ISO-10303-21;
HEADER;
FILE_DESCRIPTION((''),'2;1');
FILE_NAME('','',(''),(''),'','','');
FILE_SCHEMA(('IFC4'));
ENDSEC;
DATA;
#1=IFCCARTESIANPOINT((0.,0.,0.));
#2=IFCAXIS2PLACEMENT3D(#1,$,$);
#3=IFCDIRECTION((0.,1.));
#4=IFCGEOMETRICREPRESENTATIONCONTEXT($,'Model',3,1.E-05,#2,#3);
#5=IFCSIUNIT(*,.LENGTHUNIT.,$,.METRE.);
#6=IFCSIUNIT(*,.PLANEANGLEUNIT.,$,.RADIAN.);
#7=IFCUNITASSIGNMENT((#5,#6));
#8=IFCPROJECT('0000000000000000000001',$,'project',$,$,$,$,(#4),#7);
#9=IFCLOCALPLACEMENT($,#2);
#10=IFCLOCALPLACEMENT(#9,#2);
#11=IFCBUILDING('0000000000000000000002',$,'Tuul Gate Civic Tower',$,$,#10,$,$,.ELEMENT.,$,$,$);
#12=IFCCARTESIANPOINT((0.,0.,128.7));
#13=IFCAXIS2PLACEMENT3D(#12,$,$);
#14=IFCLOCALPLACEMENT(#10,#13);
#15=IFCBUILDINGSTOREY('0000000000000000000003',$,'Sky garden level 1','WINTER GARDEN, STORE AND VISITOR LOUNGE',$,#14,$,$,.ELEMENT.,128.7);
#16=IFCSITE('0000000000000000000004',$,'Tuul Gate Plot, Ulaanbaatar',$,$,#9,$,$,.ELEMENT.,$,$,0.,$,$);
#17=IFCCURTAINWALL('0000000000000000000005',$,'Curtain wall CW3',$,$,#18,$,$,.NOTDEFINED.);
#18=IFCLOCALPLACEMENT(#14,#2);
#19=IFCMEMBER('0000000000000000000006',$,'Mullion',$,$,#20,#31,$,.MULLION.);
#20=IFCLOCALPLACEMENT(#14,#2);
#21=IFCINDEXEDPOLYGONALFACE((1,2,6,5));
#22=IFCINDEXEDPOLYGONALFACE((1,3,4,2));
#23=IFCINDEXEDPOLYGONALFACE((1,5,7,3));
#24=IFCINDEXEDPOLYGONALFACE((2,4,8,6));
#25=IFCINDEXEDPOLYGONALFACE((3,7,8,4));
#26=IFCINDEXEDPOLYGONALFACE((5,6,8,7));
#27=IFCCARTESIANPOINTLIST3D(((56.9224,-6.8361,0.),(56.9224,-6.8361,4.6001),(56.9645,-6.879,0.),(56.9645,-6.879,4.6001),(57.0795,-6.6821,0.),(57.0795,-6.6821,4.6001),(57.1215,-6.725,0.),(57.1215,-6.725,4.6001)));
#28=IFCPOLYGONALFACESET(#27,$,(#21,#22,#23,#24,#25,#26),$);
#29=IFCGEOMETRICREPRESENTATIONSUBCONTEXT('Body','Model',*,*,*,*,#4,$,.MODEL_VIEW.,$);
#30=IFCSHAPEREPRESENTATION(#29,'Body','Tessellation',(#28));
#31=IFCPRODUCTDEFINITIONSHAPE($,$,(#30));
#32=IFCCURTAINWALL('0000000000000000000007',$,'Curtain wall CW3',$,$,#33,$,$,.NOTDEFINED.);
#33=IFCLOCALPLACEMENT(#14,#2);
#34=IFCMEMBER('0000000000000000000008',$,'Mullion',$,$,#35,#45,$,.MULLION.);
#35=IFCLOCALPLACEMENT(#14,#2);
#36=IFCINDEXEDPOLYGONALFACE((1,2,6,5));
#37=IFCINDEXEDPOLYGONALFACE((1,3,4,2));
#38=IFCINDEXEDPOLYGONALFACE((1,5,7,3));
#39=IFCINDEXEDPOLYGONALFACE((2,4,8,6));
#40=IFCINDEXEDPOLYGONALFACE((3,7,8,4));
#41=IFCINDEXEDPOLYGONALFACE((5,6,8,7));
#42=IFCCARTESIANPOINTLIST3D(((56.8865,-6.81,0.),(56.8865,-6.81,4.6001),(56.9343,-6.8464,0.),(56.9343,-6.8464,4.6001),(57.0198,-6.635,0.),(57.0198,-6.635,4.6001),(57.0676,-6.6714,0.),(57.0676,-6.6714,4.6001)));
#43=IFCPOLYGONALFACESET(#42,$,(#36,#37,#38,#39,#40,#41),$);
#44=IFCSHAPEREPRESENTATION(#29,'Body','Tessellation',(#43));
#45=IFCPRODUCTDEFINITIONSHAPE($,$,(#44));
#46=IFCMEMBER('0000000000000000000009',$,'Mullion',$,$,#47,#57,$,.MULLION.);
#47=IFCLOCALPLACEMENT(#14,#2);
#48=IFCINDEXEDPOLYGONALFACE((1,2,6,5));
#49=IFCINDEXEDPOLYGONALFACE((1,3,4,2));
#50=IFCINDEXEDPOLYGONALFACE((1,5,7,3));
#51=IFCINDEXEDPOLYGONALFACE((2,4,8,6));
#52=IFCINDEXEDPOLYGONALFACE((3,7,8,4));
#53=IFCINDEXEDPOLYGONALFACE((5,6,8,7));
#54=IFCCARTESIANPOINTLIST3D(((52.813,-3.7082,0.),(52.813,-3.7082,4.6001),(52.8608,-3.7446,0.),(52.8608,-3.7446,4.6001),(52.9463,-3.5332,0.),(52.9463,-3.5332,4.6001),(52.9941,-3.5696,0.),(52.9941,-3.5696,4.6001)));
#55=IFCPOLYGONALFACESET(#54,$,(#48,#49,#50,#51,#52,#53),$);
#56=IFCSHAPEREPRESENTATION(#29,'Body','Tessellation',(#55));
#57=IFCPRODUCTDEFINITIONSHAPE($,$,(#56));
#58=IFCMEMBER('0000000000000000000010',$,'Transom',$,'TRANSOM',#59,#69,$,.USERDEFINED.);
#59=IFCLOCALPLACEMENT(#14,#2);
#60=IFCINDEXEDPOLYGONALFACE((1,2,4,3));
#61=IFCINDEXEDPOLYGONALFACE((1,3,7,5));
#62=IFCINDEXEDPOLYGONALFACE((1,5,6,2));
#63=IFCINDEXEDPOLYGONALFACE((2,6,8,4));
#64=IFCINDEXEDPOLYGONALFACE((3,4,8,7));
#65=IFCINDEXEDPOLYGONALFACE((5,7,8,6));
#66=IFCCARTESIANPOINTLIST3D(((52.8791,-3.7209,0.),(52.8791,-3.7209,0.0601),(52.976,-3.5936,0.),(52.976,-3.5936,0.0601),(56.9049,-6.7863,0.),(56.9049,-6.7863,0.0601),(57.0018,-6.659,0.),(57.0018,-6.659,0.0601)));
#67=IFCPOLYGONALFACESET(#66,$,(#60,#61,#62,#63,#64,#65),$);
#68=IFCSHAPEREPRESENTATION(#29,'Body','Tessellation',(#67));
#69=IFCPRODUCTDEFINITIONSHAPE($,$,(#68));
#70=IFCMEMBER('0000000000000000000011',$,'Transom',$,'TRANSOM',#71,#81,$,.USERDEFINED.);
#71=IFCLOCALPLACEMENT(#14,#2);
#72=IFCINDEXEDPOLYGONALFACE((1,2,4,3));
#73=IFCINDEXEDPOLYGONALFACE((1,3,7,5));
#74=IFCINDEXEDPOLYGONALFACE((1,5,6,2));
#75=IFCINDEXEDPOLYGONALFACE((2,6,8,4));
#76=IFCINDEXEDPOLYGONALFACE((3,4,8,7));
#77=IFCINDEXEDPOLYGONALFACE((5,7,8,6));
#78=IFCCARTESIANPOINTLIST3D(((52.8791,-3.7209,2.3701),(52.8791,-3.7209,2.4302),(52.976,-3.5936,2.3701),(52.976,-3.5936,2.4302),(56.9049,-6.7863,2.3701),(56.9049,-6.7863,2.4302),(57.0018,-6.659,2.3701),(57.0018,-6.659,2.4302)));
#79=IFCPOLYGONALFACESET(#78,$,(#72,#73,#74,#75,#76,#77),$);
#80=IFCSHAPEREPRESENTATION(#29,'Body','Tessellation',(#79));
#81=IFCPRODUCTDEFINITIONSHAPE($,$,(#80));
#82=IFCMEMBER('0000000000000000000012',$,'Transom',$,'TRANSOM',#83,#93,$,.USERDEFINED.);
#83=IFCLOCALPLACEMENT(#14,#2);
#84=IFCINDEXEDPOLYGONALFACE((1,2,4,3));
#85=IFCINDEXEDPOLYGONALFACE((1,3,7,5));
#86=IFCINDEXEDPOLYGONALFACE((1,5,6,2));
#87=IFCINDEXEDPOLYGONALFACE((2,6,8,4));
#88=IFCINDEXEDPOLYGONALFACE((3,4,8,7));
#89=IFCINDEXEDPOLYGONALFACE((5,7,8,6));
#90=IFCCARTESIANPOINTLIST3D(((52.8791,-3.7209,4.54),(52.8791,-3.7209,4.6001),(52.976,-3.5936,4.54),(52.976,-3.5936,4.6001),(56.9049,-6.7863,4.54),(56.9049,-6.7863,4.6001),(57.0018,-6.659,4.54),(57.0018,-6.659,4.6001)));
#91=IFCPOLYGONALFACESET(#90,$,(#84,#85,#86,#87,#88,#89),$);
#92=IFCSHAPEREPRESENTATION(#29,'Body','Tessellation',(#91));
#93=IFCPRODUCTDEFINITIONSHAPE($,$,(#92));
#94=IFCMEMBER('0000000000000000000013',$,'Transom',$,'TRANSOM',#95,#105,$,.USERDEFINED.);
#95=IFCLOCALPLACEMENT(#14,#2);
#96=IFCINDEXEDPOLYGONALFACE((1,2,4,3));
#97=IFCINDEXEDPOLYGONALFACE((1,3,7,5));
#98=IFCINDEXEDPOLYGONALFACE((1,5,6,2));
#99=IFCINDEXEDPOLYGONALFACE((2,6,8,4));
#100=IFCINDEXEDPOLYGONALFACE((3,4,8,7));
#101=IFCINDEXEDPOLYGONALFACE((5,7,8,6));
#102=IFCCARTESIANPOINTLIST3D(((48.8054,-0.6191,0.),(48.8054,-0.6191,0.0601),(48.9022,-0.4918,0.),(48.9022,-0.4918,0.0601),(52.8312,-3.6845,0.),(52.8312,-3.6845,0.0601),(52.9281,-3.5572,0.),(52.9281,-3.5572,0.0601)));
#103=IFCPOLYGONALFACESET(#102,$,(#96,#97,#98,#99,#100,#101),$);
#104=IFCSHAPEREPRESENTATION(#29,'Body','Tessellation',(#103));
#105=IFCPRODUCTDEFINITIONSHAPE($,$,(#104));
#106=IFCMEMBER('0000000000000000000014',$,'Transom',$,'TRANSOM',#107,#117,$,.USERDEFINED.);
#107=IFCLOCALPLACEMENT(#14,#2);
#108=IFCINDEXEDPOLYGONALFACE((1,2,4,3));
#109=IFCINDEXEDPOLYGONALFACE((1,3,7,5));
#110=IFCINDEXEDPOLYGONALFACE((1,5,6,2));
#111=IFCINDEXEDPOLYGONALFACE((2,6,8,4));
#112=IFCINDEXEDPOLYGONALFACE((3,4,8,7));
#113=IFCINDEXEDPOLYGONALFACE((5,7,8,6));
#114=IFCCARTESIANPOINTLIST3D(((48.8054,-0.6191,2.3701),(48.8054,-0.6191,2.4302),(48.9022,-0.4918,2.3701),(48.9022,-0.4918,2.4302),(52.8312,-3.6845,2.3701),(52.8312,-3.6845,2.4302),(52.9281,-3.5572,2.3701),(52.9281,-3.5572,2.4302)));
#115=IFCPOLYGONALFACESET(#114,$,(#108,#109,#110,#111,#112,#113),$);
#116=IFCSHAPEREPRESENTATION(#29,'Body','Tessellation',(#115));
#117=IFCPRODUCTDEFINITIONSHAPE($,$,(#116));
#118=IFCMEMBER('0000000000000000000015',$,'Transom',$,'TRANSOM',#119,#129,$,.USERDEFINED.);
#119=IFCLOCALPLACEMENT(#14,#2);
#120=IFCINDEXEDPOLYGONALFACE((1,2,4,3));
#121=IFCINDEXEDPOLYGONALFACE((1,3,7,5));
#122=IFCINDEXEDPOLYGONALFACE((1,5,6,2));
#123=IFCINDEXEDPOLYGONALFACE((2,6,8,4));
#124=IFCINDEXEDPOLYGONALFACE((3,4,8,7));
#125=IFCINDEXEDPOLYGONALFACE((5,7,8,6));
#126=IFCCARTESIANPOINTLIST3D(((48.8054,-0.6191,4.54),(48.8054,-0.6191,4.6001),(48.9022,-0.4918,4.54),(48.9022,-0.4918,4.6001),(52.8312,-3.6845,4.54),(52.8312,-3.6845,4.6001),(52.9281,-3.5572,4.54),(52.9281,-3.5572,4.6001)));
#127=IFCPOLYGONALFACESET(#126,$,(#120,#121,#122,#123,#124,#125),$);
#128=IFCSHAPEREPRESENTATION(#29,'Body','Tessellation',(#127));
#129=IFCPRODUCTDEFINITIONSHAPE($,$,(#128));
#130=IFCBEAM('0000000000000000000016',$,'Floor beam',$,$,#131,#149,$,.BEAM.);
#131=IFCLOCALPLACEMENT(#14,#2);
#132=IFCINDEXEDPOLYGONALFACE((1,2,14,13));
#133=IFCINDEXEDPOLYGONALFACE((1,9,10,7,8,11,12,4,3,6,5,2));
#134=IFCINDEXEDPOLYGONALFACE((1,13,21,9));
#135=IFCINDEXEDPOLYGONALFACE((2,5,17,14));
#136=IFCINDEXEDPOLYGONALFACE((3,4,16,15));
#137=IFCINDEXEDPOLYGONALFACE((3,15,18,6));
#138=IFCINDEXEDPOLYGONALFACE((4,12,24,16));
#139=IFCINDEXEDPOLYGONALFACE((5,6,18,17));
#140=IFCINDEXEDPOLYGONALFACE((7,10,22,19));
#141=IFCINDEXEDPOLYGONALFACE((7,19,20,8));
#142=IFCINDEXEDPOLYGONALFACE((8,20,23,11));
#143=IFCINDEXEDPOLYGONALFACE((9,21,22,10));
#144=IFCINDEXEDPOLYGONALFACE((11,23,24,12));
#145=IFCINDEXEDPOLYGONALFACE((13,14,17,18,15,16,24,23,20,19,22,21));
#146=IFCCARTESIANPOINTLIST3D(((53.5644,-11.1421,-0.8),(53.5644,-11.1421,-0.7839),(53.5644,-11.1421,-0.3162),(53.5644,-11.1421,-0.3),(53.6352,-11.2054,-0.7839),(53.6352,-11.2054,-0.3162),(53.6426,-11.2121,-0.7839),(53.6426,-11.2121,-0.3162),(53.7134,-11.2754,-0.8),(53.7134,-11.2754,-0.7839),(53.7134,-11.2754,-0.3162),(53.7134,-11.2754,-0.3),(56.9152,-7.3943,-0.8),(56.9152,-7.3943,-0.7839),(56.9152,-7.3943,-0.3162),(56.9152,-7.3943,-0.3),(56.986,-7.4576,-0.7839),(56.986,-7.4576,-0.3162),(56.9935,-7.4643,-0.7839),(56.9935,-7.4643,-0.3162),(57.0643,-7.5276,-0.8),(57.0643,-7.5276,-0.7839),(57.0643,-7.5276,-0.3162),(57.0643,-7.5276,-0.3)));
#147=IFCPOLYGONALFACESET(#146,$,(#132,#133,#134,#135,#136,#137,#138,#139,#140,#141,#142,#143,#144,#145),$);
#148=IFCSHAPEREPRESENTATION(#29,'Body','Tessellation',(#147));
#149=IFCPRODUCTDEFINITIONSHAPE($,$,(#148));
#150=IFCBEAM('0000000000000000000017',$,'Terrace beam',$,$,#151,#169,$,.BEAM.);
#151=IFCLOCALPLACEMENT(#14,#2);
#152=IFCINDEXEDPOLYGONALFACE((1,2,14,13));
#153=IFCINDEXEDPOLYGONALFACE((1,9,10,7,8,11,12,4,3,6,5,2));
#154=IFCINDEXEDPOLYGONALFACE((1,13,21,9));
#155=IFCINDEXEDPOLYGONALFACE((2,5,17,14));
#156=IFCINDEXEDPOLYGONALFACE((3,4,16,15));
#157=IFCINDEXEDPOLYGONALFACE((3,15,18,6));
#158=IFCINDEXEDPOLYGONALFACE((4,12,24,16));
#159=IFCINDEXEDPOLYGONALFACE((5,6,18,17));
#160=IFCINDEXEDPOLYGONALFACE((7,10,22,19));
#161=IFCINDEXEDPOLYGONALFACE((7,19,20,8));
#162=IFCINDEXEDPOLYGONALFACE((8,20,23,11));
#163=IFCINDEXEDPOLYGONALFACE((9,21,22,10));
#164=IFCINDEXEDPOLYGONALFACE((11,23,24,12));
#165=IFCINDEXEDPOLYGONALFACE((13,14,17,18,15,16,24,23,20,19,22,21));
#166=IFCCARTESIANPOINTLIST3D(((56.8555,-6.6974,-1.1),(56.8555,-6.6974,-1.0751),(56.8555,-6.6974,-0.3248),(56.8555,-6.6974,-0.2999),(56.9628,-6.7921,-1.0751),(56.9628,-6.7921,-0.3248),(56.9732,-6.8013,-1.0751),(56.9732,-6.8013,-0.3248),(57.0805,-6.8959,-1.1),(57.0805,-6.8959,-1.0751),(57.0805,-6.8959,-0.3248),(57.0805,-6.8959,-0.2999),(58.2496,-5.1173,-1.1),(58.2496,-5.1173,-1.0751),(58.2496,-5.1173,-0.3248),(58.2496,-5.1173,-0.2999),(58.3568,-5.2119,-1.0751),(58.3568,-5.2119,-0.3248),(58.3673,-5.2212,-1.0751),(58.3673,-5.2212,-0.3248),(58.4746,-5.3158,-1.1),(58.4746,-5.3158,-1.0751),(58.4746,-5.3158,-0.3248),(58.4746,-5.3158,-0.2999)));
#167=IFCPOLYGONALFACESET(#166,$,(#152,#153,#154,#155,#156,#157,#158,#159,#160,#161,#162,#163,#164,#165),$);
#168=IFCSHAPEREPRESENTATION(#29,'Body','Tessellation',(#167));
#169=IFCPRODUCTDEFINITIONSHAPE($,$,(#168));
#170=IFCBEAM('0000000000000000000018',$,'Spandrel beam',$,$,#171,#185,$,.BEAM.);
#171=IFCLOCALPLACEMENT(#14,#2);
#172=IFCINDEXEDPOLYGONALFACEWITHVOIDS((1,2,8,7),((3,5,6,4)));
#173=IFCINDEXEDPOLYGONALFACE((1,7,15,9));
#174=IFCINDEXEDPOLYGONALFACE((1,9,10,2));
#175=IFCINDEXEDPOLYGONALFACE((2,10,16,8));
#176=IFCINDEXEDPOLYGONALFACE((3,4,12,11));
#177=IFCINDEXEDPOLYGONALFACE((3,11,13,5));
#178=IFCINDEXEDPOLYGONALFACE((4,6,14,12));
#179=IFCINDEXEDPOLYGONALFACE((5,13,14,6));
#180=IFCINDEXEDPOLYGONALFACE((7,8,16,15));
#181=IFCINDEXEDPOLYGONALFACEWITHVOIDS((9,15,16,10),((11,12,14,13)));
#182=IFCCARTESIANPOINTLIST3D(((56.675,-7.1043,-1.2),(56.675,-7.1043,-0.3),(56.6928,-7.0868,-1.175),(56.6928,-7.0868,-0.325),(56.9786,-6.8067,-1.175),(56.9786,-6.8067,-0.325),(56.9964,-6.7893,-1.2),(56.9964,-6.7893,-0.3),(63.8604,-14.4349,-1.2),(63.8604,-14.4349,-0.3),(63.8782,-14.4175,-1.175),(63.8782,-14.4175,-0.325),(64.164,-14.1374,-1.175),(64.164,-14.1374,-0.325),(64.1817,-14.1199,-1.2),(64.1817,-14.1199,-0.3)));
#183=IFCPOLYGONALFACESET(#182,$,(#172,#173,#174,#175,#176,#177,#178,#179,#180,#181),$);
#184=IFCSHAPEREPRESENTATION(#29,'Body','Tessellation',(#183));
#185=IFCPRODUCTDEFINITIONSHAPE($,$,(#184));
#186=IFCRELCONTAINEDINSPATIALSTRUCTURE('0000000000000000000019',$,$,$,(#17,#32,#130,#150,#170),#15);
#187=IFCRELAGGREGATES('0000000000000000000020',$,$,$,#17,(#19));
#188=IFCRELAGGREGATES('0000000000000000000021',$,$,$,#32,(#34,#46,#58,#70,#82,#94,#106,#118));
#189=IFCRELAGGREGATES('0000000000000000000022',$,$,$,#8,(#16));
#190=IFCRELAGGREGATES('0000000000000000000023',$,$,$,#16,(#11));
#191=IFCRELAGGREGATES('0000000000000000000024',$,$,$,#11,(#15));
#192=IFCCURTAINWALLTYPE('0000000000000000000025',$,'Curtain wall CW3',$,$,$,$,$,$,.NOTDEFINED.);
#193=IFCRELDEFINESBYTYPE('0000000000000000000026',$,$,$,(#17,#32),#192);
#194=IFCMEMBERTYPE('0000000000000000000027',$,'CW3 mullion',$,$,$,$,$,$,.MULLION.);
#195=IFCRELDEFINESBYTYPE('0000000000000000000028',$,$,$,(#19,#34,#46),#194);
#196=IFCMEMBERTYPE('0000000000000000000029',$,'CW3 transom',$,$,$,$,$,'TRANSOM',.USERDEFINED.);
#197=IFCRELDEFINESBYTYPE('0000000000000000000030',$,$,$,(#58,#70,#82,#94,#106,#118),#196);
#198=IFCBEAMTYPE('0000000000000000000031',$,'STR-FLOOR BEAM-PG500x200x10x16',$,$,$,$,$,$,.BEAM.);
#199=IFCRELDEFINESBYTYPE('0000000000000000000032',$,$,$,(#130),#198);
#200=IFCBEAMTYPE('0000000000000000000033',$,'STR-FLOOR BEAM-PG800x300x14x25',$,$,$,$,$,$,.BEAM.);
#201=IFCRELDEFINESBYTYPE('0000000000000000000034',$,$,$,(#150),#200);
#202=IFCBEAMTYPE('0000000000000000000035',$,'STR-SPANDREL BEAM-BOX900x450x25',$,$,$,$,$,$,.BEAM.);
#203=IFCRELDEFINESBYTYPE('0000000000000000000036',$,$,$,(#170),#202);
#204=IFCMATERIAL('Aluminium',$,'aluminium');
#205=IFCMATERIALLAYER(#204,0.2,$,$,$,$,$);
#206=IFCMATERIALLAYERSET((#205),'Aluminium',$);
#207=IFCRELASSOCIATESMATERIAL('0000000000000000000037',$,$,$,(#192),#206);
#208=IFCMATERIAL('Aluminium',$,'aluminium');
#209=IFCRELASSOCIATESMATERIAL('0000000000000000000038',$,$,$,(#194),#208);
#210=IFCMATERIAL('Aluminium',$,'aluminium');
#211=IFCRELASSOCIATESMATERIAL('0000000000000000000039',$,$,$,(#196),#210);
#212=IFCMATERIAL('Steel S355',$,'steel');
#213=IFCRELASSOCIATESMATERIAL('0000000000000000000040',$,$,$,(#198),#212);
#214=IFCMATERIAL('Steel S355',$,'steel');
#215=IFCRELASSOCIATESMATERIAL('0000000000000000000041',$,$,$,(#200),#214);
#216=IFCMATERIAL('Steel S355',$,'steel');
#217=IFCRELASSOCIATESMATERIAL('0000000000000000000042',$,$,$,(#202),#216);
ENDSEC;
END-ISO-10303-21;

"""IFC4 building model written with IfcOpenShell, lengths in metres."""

from ifc_helpers import new_model, si_unit, direction, frame, origin, origin_2d, place, context, subcontext, project, spatial, rectangle, hollow_rectangle, i_section, extrude, material, layer, layer_set, material_profile, profile_set, type_object, element, aggregate, save


model = new_model("IFC4")

# Units and contexts
model_context = context("Model", 3, precision=1e-05, world=origin(), true_north=direction((0.0, 1.0)))
body_context = subcontext(model_context, "Body", "Model", "MODEL_VIEW")
ifc_project = project(units=[si_unit("LENGTHUNIT", "METRE"), si_unit("PLANEANGLEUNIT", "RADIAN")], contexts=[model_context])

# Site, building, storey
site_placement = place(None, origin())
site = spatial("IfcSite", under=ifc_project, at=site_placement, Name="Tuul Gate Plot, Ulaanbaatar", CompositionType="ELEMENT", RefElevation=0.0)
building_placement = place(site_placement, origin())
building = spatial("IfcBuilding", under=site, at=building_placement, Name="Tuul Gate Civic Tower", CompositionType="ELEMENT")
storey_placement = place(building_placement, frame((0.0, 0.0, 128.7)))
storey = spatial("IfcBuildingStorey", under=building, at=storey_placement, Name="Sky garden level 1", Description="WINTER GARDEN, STORE AND VISITOR LOUNGE", CompositionType="ELEMENT", Elevation=128.7)

# Curtain wall, member
ifc_material_1 = material(Name="Aluminium", Category="aluminium")
ifc_layer_1 = layer(ifc_material_1, 0.2)
ifc_layer_set_1 = layer_set([ifc_layer_1], Name="Aluminium")
curtain_wall_type = type_object("IfcCurtainWallType", Name="Curtain wall CW3", PredefinedType="NOTDEFINED", material=ifc_layer_set_1)
curtain_wall_1_placement = place(storey_placement, origin())
curtain_wall_1 = element("IfcCurtainWall", 1, at=curtain_wall_1_placement, inside=storey, type_object=curtain_wall_type, Name="Curtain wall CW3", PredefinedType="NOTDEFINED")
ifc_material_2 = material(Name="Aluminium", Category="aluminium")
ifc_material_profile_1 = material_profile(ifc_material_2, rectangle(XDim=0.22, YDim=0.0601, at=origin_2d()), Name="CW3 mullion")
ifc_profile_set_1 = profile_set([ifc_material_profile_1], Name="Aluminium")
member_type_1 = type_object("IfcMemberType", Name="CW3 mullion", PredefinedType="MULLION", material=ifc_profile_set_1)
member_1_placement = place(storey_placement, frame((57.022, -6.7805, 0.0), z_axis=(0.0, 0.0, 1.0), x_axis=(-0.71411, -0.700034, 0.0)))
member_1 = element("IfcMember", 2, at=member_1_placement, type_object=member_type_1, Name="Mullion", PredefinedType="MULLION", context=body_context, shape_type="SweptSolid", body=[
    extrude(rectangle(XDim=0.22, YDim=0.0601, at=origin_2d()), origin(), (0.0, 0.0, 1.0), 4.6001),
])
aggregate(curtain_wall_1, [member_1])

# Curtain wall, members
curtain_wall_2_placement = place(storey_placement, origin())
curtain_wall_2 = element("IfcCurtainWall", 3, at=curtain_wall_2_placement, inside=storey, type_object=curtain_wall_type, Name="Curtain wall CW3", PredefinedType="NOTDEFINED")
member_2_placement = place(storey_placement, frame((56.9771, -6.7407, 0.0), z_axis=(0.0, 0.0, 1.0), x_axis=(-0.605809, -0.79561, 0.0)))
member_2 = element("IfcMember", 4, at=member_2_placement, type_object=member_type_1, Name="Mullion", PredefinedType="MULLION", context=body_context, shape_type="SweptSolid", body=[
    extrude(rectangle(XDim=0.22, YDim=0.0601, at=origin_2d()), origin(), (0.0, 0.0, 1.0), 4.6001),
])
member_3_placement = place(storey_placement, frame((52.9036, -3.6389, 0.0), z_axis=(0.0, 0.0, 1.0), x_axis=(-0.605809, -0.79561, 0.0)))
member_3 = element("IfcMember", 5, at=member_3_placement, type_object=member_type_1, Name="Mullion", PredefinedType="MULLION", context=body_context, shape_type="SweptSolid", body=[
    extrude(rectangle(XDim=0.22, YDim=0.0601, at=origin_2d()), origin(), (0.0, 0.0, 1.0), 4.6001),
])
ifc_material_3 = material(Name="Aluminium", Category="aluminium")
ifc_material_profile_2 = material_profile(ifc_material_3, rectangle(XDim=0.1599, YDim=0.0601, at=origin_2d()), Name="CW3 transom")
ifc_profile_set_2 = profile_set([ifc_material_profile_2], Name="Aluminium")
member_type_2 = type_object("IfcMemberType", Name="CW3 transom", ElementType="TRANSOM", PredefinedType="USERDEFINED", material=ifc_profile_set_2)
member_4_placement = place(storey_placement, frame((56.9534, -6.7227, 0.03), z_axis=(-0.795613, 0.605805, 0.0), x_axis=(-0.605805, -0.795613, 0.0)))
member_4 = element("IfcMember", 6, at=member_4_placement, type_object=member_type_2, Name="Transom", ObjectType="TRANSOM", PredefinedType="USERDEFINED", context=body_context, shape_type="SweptSolid", body=[
    extrude(rectangle(XDim=0.1599, YDim=0.0601, at=origin_2d()), origin(), (0.0, 0.0, 1.0), 5.0601),
])
member_5_placement = place(storey_placement, frame((56.9534, -6.7227, 2.4001), z_axis=(-0.795613, 0.605805, 0.0), x_axis=(-0.605805, -0.795613, 0.0)))
member_5 = element("IfcMember", 7, at=member_5_placement, type_object=member_type_2, Name="Transom", ObjectType="TRANSOM", PredefinedType="USERDEFINED", context=body_context, shape_type="SweptSolid", body=[
    extrude(rectangle(XDim=0.1599, YDim=0.0601, at=origin_2d()), origin(), (0.0, 0.0, 1.0), 5.0601),
])
member_6_placement = place(storey_placement, frame((56.9534, -6.7227, 4.5701), z_axis=(-0.795613, 0.605805, 0.0), x_axis=(-0.605805, -0.795613, 0.0)))
member_6 = element("IfcMember", 8, at=member_6_placement, type_object=member_type_2, Name="Transom", ObjectType="TRANSOM", PredefinedType="USERDEFINED", context=body_context, shape_type="SweptSolid", body=[
    extrude(rectangle(XDim=0.1599, YDim=0.0601, at=origin_2d()), origin(), (0.0, 0.0, 1.0), 5.0601),
])
member_7_placement = place(storey_placement, frame((52.8796, -3.6208, 0.03), z_axis=(-0.795613, 0.605805, 0.0), x_axis=(-0.605805, -0.795613, 0.0)))
member_7 = element("IfcMember", 9, at=member_7_placement, type_object=member_type_2, Name="Transom", ObjectType="TRANSOM", PredefinedType="USERDEFINED", context=body_context, shape_type="SweptSolid", body=[
    extrude(rectangle(XDim=0.1599, YDim=0.0601, at=origin_2d()), origin(), (0.0, 0.0, 1.0), 5.0601),
])
member_8_placement = place(storey_placement, frame((52.8796, -3.6208, 2.4001), z_axis=(-0.795613, 0.605805, 0.0), x_axis=(-0.605805, -0.795613, 0.0)))
member_8 = element("IfcMember", 10, at=member_8_placement, type_object=member_type_2, Name="Transom", ObjectType="TRANSOM", PredefinedType="USERDEFINED", context=body_context, shape_type="SweptSolid", body=[
    extrude(rectangle(XDim=0.1599, YDim=0.0601, at=origin_2d()), origin(), (0.0, 0.0, 1.0), 5.0601),
])
member_9_placement = place(storey_placement, frame((52.8796, -3.6208, 4.5701), z_axis=(-0.795613, 0.605805, 0.0), x_axis=(-0.605805, -0.795613, 0.0)))
member_9 = element("IfcMember", 11, at=member_9_placement, type_object=member_type_2, Name="Transom", ObjectType="TRANSOM", PredefinedType="USERDEFINED", context=body_context, shape_type="SweptSolid", body=[
    extrude(rectangle(XDim=0.1599, YDim=0.0601, at=origin_2d()), origin(), (0.0, 0.0, 1.0), 5.0601),
])

# Beams
ifc_material_4 = material(Name="Steel S355", Category="steel")
ifc_material_profile_3 = material_profile(ifc_material_4, i_section(OverallWidth=0.2, OverallDepth=0.5, WebThickness=0.01, FlangeThickness=0.0161, at=origin_2d()), Name="PG500x200x10x16")
ifc_profile_set_3 = profile_set([ifc_material_profile_3], Name="Steel S355")
beam_type_1 = type_object("IfcBeamType", Name="STR-FLOOR BEAM-PG500x200x10x16", PredefinedType="BEAM", material=ifc_profile_set_3)
beam_1_placement = place(storey_placement, frame((53.6389, -11.2087, -0.55), z_axis=(0.666522, 0.745485, 0.0), x_axis=(-0.745485, 0.666522, 0.0)))
element("IfcBeam", 12, at=beam_1_placement, inside=storey, type_object=beam_type_1, Name="Floor beam", PredefinedType="BEAM", context=body_context, shape_type="SweptSolid", body=[
    extrude(i_section(OverallWidth=0.2, OverallDepth=0.5, WebThickness=0.01, FlangeThickness=0.0161, at=origin_2d()), origin(), (0.0, 0.0, 1.0), 5.0273),
])
ifc_material_5 = material(Name="Steel S355", Category="steel")
ifc_material_profile_4 = material_profile(ifc_material_5, i_section(OverallWidth=0.3, OverallDepth=0.8, WebThickness=0.0139, FlangeThickness=0.0249, at=origin_2d()), Name="PG800x300x14x25")
ifc_profile_set_4 = profile_set([ifc_material_profile_4], Name="Steel S355")
beam_type_2 = type_object("IfcBeamType", Name="STR-FLOOR BEAM-PG800x300x14x25", PredefinedType="BEAM", material=ifc_profile_set_4)
beam_2_placement = place(storey_placement, frame((58.3621, -5.2166, -0.7), z_axis=(-0.661583, -0.749872, 0.0), x_axis=(0.749872, -0.661583, 0.0)))
element("IfcBeam", 13, at=beam_2_placement, inside=storey, type_object=beam_type_2, Name="Terrace beam", PredefinedType="BEAM", context=body_context, shape_type="SweptSolid", body=[
    extrude(i_section(OverallWidth=0.3, OverallDepth=0.8, WebThickness=0.0139, FlangeThickness=0.0249, at=origin_2d()), origin(), (0.0, 0.0, 1.0), 2.1072),
])
ifc_material_6 = material(Name="Steel S355", Category="steel")
ifc_material_profile_5 = material_profile(ifc_material_6, hollow_rectangle(XDim=0.45, YDim=0.8999, WallThickness=0.0249, at=origin_2d()), Name="BOX900x450x25")
ifc_profile_set_5 = profile_set([ifc_material_profile_5], Name="Steel S355")
beam_type_3 = type_object("IfcBeamType", Name="STR-SPANDREL BEAM-BOX900x450x25", PredefinedType="BEAM", material=ifc_profile_set_5)
beam_3_placement = place(storey_placement, frame((56.8357, -6.9468, -0.75), z_axis=(0.699996, -0.714147, 0.0), x_axis=(0.714147, 0.699996, 0.0)))
element("IfcBeam", 14, at=beam_3_placement, inside=storey, type_object=beam_type_3, Name="Spandrel beam", PredefinedType="BEAM", context=body_context, shape_type="SweptSolid", body=[
    extrude(hollow_rectangle(XDim=0.45, YDim=0.8999, WallThickness=0.0249, at=origin_2d()), origin(), (0.0, 0.0, 1.0), 10.2649),
])

aggregate(curtain_wall_2, [member_2, member_3, member_4, member_5, member_6, member_7, member_8, member_9])

save(model, "model.ifc")
